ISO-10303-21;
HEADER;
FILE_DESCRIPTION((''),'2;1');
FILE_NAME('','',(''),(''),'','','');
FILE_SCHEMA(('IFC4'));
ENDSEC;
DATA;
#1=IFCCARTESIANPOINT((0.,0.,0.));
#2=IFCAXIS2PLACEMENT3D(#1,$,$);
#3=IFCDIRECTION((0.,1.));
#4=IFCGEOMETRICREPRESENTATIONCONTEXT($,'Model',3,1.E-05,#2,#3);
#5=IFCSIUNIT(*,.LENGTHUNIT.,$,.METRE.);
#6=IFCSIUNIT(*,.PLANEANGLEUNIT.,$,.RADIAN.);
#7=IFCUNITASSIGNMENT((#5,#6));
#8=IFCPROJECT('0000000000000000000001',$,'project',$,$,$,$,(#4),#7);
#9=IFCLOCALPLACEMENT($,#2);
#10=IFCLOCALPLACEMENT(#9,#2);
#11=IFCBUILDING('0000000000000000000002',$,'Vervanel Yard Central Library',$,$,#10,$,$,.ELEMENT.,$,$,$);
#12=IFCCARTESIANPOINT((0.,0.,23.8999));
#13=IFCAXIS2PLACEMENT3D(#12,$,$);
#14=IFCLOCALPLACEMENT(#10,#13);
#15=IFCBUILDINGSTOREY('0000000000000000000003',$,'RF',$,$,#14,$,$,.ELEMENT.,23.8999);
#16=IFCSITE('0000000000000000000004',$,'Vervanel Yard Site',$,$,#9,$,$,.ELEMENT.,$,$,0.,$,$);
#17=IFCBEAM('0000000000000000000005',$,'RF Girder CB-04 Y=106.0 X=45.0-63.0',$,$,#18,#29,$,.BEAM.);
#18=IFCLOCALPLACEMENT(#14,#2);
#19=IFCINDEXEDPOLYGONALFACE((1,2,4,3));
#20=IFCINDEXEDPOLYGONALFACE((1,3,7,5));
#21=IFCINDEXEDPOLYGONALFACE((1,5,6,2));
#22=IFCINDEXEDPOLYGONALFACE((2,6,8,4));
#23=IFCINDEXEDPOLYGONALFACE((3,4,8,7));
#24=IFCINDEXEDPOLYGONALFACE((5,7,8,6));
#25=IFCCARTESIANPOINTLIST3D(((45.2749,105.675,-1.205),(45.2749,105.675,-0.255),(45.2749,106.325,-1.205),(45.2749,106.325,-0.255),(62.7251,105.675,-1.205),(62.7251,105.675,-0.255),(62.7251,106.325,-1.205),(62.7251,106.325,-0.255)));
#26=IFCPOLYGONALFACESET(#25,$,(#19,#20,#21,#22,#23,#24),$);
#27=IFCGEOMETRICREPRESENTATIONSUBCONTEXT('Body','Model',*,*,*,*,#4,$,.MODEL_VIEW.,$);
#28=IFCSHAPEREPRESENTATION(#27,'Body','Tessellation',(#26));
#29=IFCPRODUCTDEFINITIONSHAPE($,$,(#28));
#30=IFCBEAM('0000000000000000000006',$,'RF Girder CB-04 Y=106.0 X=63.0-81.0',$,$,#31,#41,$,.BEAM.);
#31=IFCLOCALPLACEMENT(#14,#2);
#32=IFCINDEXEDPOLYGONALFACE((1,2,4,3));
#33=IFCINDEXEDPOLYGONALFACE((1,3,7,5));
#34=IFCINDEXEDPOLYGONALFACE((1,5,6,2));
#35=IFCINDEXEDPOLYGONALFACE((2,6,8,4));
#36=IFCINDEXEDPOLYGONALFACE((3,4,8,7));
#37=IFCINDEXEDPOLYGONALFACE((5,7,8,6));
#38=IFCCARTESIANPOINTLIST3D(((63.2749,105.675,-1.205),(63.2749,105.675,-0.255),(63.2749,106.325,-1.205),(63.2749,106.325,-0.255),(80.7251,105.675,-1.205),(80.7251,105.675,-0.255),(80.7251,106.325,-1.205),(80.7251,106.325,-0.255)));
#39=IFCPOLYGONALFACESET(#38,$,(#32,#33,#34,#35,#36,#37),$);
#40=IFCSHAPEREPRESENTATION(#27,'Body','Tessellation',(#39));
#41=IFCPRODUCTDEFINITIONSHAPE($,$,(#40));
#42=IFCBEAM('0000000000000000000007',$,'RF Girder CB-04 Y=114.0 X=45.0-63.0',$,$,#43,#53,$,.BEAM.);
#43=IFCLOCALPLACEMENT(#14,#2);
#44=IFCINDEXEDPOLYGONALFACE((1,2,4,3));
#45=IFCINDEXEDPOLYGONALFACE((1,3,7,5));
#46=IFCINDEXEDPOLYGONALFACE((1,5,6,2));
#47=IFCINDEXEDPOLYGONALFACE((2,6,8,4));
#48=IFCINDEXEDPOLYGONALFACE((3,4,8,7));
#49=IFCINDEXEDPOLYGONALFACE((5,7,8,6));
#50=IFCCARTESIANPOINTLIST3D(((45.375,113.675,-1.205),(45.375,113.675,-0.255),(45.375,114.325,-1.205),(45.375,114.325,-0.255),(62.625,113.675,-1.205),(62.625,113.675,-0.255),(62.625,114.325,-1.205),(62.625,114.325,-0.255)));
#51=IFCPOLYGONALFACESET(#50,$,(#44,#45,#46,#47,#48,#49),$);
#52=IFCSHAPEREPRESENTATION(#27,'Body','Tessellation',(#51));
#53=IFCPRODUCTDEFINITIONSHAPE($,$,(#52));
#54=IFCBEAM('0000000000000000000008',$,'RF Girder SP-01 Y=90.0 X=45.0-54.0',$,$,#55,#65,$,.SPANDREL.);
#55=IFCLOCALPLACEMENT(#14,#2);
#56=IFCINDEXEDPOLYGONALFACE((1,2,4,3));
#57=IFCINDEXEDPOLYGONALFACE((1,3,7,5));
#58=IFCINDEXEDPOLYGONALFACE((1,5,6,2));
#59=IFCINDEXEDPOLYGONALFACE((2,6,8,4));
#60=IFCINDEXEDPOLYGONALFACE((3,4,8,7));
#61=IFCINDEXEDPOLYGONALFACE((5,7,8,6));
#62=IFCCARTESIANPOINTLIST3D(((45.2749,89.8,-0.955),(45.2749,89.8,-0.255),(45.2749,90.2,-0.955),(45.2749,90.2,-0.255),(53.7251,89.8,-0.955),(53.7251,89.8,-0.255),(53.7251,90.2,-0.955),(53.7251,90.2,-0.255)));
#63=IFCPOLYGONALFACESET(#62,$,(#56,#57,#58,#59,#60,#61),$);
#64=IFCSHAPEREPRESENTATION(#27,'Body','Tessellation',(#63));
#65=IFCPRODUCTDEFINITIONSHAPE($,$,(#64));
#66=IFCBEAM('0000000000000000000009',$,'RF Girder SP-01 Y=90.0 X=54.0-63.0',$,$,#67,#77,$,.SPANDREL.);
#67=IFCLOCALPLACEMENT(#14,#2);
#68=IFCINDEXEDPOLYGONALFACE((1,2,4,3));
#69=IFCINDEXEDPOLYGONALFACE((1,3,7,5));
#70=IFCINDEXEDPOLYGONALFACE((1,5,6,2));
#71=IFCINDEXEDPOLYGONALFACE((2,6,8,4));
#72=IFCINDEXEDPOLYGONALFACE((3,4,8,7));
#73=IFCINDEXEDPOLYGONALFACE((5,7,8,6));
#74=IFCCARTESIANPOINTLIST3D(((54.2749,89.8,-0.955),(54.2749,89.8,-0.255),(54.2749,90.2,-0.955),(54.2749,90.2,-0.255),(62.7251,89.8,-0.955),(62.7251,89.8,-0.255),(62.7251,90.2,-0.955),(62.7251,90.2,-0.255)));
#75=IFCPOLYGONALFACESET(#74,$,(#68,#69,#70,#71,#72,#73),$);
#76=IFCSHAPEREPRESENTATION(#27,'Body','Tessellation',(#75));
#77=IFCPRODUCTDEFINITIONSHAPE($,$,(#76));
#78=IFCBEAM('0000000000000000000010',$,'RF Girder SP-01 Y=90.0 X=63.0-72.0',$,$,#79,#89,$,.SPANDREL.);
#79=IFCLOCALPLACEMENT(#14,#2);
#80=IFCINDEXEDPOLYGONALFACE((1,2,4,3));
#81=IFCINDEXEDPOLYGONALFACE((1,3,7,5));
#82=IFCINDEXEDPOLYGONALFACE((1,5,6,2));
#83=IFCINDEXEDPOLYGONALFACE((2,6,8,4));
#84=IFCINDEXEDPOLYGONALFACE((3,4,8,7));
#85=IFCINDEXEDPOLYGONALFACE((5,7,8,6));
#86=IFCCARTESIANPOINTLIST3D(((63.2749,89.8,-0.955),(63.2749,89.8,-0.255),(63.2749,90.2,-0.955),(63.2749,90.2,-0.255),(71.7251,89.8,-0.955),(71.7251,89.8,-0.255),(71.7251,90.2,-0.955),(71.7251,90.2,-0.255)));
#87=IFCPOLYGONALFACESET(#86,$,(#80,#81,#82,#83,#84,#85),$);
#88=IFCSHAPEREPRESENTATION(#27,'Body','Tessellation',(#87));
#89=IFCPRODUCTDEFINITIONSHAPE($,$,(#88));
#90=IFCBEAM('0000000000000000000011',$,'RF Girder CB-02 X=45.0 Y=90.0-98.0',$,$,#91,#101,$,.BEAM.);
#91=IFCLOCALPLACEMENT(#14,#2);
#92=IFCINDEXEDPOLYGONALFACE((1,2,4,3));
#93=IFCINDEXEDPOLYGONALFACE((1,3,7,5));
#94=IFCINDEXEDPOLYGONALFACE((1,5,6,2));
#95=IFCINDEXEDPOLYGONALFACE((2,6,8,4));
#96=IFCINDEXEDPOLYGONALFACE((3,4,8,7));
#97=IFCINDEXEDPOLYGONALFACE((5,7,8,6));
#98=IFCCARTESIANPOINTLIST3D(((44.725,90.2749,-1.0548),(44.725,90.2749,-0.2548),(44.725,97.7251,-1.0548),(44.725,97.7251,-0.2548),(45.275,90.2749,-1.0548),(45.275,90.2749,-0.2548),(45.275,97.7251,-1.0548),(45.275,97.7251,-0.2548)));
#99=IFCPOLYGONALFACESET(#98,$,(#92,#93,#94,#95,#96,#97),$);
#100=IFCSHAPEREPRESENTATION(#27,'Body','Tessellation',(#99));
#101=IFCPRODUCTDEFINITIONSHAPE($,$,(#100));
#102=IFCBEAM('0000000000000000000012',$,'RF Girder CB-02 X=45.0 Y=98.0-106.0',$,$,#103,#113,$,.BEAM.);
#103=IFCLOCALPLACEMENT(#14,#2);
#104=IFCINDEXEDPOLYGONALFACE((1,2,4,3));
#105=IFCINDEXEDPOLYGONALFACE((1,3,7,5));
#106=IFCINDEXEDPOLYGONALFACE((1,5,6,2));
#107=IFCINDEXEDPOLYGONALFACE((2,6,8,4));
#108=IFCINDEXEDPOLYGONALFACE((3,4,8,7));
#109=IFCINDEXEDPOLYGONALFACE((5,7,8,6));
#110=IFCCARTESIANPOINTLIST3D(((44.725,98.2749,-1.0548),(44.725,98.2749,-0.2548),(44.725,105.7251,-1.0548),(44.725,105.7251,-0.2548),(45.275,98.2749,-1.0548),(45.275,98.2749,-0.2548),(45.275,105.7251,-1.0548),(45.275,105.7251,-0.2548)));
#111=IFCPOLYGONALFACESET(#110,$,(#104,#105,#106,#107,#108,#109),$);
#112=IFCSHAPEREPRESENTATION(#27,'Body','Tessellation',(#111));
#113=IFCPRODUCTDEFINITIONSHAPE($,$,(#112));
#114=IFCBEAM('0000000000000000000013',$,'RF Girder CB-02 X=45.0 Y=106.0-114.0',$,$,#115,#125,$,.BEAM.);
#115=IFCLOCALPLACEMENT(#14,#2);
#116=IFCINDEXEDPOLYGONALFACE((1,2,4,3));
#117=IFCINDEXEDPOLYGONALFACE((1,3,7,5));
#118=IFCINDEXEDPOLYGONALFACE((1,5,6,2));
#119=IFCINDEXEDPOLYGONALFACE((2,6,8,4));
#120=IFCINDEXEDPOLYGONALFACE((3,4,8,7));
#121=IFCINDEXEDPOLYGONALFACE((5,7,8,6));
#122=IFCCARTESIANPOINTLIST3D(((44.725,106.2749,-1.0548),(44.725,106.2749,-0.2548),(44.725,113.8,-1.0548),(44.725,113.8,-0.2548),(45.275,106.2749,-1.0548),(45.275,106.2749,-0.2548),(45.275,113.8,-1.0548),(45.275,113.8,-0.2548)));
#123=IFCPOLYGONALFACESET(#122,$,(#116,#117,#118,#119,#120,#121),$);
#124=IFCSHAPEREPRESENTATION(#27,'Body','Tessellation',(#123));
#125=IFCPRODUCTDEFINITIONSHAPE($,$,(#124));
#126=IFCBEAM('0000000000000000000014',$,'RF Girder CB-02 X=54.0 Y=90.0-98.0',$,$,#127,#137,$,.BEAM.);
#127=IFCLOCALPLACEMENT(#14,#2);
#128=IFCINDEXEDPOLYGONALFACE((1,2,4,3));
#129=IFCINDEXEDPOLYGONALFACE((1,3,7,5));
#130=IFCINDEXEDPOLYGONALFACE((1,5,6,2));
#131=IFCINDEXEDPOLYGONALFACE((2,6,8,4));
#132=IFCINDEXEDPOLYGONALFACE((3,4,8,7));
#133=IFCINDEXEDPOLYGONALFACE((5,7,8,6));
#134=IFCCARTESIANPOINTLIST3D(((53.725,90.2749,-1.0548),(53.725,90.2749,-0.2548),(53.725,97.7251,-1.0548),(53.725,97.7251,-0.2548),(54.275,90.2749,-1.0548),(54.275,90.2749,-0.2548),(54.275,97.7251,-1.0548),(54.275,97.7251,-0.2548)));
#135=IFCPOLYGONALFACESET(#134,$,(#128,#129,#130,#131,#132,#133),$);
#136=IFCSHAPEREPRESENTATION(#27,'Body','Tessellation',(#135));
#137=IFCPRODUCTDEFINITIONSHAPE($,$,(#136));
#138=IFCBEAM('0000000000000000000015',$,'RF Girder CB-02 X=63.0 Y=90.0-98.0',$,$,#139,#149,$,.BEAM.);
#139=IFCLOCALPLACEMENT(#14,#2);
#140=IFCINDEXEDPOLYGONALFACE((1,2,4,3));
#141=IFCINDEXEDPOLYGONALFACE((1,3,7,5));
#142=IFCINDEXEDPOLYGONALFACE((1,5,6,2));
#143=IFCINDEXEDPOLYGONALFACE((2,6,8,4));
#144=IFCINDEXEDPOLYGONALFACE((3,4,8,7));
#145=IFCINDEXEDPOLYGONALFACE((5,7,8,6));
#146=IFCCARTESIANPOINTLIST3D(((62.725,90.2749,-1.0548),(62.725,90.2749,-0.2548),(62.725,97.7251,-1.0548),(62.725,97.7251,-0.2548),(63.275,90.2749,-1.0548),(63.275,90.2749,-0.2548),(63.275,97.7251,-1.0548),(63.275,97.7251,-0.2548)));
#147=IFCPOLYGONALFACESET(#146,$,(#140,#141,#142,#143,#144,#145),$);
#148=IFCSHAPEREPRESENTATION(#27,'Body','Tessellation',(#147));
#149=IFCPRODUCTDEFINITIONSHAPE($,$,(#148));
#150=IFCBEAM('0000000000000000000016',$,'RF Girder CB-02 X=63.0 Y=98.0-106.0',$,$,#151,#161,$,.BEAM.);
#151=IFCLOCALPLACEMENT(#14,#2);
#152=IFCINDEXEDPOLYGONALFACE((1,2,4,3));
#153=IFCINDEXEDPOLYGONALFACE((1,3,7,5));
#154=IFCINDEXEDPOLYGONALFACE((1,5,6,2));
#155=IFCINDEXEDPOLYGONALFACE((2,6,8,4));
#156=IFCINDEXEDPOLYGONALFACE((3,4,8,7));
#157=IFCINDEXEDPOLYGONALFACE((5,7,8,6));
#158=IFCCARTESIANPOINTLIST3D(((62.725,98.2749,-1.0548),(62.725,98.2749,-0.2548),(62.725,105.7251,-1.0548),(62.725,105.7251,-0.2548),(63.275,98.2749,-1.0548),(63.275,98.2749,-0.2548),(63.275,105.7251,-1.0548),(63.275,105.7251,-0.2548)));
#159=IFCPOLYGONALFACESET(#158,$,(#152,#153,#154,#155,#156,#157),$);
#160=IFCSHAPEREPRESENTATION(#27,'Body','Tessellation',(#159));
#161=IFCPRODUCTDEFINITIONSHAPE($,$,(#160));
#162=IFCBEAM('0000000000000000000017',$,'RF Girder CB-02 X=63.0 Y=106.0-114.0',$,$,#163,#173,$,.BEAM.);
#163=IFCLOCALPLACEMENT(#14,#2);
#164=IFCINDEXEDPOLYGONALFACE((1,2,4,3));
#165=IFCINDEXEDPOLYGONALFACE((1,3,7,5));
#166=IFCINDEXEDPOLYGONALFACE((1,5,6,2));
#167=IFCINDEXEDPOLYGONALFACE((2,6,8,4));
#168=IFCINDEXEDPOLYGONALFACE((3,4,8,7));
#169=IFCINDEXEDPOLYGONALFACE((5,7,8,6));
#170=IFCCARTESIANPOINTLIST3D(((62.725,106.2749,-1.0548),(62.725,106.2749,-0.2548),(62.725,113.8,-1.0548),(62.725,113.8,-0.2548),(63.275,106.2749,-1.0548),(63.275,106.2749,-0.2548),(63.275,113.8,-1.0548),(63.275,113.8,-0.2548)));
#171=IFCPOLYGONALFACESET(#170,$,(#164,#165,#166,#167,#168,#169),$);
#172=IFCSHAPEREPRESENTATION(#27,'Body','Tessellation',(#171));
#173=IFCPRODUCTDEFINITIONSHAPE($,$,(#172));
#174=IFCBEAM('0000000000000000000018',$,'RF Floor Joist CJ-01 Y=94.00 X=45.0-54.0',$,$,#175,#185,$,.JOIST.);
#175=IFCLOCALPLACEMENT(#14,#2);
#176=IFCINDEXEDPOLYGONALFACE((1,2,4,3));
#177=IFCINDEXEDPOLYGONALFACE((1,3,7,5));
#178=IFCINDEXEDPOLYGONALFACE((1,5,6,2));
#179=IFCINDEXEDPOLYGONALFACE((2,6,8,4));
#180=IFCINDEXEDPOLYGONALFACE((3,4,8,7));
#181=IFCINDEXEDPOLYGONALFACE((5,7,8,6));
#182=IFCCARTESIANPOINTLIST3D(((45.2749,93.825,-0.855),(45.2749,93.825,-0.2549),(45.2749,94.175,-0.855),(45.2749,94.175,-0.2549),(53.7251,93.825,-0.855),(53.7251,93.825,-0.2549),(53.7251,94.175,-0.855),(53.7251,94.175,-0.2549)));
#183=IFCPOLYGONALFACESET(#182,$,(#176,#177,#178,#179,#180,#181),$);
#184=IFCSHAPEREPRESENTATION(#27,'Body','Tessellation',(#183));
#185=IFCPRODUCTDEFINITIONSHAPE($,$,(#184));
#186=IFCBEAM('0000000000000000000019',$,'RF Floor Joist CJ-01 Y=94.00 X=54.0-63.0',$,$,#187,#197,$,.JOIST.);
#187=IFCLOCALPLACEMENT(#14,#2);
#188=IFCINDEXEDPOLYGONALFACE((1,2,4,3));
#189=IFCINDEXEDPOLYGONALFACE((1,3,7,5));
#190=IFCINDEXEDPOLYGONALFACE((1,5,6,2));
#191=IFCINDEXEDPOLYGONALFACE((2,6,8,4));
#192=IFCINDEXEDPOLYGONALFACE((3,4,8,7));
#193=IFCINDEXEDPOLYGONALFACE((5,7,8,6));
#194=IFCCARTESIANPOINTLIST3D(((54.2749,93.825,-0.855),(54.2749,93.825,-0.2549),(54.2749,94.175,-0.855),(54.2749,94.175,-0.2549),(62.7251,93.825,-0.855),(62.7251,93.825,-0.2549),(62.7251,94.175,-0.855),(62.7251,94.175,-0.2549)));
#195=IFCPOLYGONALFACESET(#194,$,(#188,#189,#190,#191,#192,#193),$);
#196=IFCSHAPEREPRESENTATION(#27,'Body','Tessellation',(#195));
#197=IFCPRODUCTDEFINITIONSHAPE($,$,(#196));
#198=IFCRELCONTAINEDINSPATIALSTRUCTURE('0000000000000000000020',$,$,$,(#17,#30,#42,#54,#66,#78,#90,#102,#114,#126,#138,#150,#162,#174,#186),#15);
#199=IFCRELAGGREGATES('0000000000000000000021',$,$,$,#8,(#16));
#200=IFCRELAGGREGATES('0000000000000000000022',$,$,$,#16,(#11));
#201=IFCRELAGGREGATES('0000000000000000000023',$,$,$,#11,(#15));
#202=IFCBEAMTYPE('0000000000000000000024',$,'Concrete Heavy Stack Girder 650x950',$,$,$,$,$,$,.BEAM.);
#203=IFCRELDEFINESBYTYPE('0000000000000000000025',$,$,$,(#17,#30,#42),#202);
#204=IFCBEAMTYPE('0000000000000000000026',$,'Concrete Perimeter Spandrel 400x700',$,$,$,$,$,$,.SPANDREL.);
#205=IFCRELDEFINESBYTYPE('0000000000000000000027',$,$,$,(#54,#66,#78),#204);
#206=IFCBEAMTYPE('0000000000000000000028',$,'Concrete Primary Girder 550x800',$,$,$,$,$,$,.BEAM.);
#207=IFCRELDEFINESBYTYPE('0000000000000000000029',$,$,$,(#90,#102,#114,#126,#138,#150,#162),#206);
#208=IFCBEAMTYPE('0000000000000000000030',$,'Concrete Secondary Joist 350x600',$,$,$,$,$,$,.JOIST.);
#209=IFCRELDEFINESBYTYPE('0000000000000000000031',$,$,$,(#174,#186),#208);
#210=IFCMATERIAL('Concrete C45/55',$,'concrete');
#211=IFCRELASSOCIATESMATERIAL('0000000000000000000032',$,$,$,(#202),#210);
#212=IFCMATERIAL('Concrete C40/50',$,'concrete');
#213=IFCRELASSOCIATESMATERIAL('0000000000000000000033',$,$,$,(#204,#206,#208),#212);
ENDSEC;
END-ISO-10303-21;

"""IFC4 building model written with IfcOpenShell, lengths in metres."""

from ifc_helpers import new_model, si_unit, direction, frame, origin, origin_2d, place, context, subcontext, project, spatial, rectangle, extrude, material, material_profile, profile_set, type_object, element, save


model = new_model("IFC4")

# Units and contexts
model_context = context("Model", 3, precision=1e-05, world=origin(), true_north=direction((0.0, 1.0)))
body_context = subcontext(model_context, "Body", "Model", "MODEL_VIEW")
ifc_project = project(units=[si_unit("LENGTHUNIT", "METRE"), si_unit("PLANEANGLEUNIT", "RADIAN")], contexts=[model_context])

# Site, building, storey
site_placement = place(None, origin())
site = spatial("IfcSite", under=ifc_project, at=site_placement, Name="Vervanel Yard Site", CompositionType="ELEMENT", RefElevation=0.0)
building_placement = place(site_placement, origin())
building = spatial("IfcBuilding", under=site, at=building_placement, Name="Vervanel Yard Central Library", CompositionType="ELEMENT")
storey_placement = place(building_placement, frame((0.0, 0.0, 23.8999)))
storey = spatial("IfcBuildingStorey", under=building, at=storey_placement, Name="RF", CompositionType="ELEMENT", Elevation=23.8999)

# Beams
ifc_material_1 = material(Name="Concrete C45/55", Category="concrete")
ifc_material_profile_1 = material_profile(ifc_material_1, rectangle(XDim=0.6499, YDim=0.95, at=origin_2d()), Name="RC 650x950", Category="concrete")
ifc_profile_set_1 = profile_set([ifc_material_profile_1], Name="Concrete C45/55")
beam_type_1 = type_object("IfcBeamType", Name="Concrete Heavy Stack Girder 650x950", PredefinedType="BEAM", material=ifc_profile_set_1)
for number, where, z_axis, x_axis, name in (
    (1, (45.2749, 106.0, -0.73), (1.0, 0.0, 0.0), (0.0, 1.0, 0.0), "RF Girder CB-04 Y=106.0 X=45.0-63.0"),
    (2, (63.2749, 106.0, -0.73), (1.0, 0.0, 0.0), (0.0, 1.0, 0.0), "RF Girder CB-04 Y=106.0 X=63.0-81.0"),
):
    element("IfcBeam", number, at=place(storey_placement, frame(where, z_axis=z_axis, x_axis=x_axis)), inside=storey, type_object=beam_type_1, Name=name, PredefinedType="BEAM", context=body_context, shape_type="SweptSolid", body=[
        extrude(rectangle(XDim=0.6499, YDim=0.95, at=origin_2d()), origin(), (0.0, 0.0, 1.0), 17.4502),
    ])
beam_1_placement = place(storey_placement, frame((45.375, 114.0, -0.73), z_axis=(1.0, 0.0, 0.0), x_axis=(0.0, 1.0, 0.0)))
element("IfcBeam", 3, at=beam_1_placement, inside=storey, type_object=beam_type_1, Name="RF Girder CB-04 Y=114.0 X=45.0-63.0", PredefinedType="BEAM", context=body_context, shape_type="SweptSolid", body=[
    extrude(rectangle(XDim=0.6499, YDim=0.95, at=origin_2d()), origin(), (0.0, 0.0, 1.0), 17.25),
])
ifc_material_2 = material(Name="Concrete C40/50", Category="concrete")
ifc_material_profile_2 = material_profile(ifc_material_2, rectangle(XDim=0.3999, YDim=0.7, at=origin_2d()), Name="RC 400x700", Category="concrete")
ifc_profile_set_2 = profile_set([ifc_material_profile_2], Name="Concrete C40/50")
beam_type_2 = type_object("IfcBeamType", Name="Concrete Perimeter Spandrel 400x700", PredefinedType="SPANDREL", material=ifc_profile_set_2)
for number, where, z_axis, x_axis, name in (
    (4, (45.2749, 90.0, -0.605), (1.0, 0.0, 0.0), (0.0, 1.0, 0.0), "RF Girder SP-01 Y=90.0 X=45.0-54.0"),
    (5, (54.2749, 90.0, -0.605), (1.0, 0.0, 0.0), (0.0, 1.0, 0.0), "RF Girder SP-01 Y=90.0 X=54.0-63.0"),
    (6, (63.2749, 90.0, -0.605), (1.0, 0.0, 0.0), (0.0, 1.0, 0.0), "RF Girder SP-01 Y=90.0 X=63.0-72.0"),
):
    element("IfcBeam", number, at=place(storey_placement, frame(where, z_axis=z_axis, x_axis=x_axis)), inside=storey, type_object=beam_type_2, Name=name, PredefinedType="SPANDREL", context=body_context, shape_type="SweptSolid", body=[
        extrude(rectangle(XDim=0.3999, YDim=0.7, at=origin_2d()), origin(), (0.0, 0.0, 1.0), 8.4502),
    ])
ifc_material_profile_3 = material_profile(ifc_material_2, rectangle(XDim=0.55, YDim=0.8, at=origin_2d()), Name="RC 550x800", Category="concrete")
ifc_profile_set_3 = profile_set([ifc_material_profile_3], Name="Concrete C40/50")
beam_type_3 = type_object("IfcBeamType", Name="Concrete Primary Girder 550x800", PredefinedType="BEAM", material=ifc_profile_set_3)
for number, where, z_axis, x_axis, name in (
    (7, (45.0, 90.2749, -0.6548), (0.0, 1.0, 0.0), (-1.0, 0.0, 0.0), "RF Girder CB-02 X=45.0 Y=90.0-98.0"),
    (8, (45.0, 98.2749, -0.6548), (0.0, 1.0, 0.0), (-1.0, 0.0, 0.0), "RF Girder CB-02 X=45.0 Y=98.0-106.0"),
):
    element("IfcBeam", number, at=place(storey_placement, frame(where, z_axis=z_axis, x_axis=x_axis)), inside=storey, type_object=beam_type_3, Name=name, PredefinedType="BEAM", context=body_context, shape_type="SweptSolid", body=[
        extrude(rectangle(XDim=0.55, YDim=0.8, at=origin_2d()), origin(), (0.0, 0.0, 1.0), 7.4502),
    ])
beam_2_placement = place(storey_placement, frame((45.0, 106.2749, -0.6548), z_axis=(0.0, 1.0, 0.0), x_axis=(-1.0, 0.0, 0.0)))
element("IfcBeam", 9, at=beam_2_placement, inside=storey, type_object=beam_type_3, Name="RF Girder CB-02 X=45.0 Y=106.0-114.0", PredefinedType="BEAM", context=body_context, shape_type="SweptSolid", body=[
    extrude(rectangle(XDim=0.55, YDim=0.8, at=origin_2d()), origin(), (0.0, 0.0, 1.0), 7.5251),
])
for number, where, z_axis, x_axis, name in (
    (10, (54.0, 90.2749, -0.6548), (0.0, 1.0, 0.0), (-1.0, 0.0, 0.0), "RF Girder CB-02 X=54.0 Y=90.0-98.0"),
    (11, (63.0, 90.2749, -0.6548), (0.0, 1.0, 0.0), (-1.0, 0.0, 0.0), "RF Girder CB-02 X=63.0 Y=90.0-98.0"),
    (12, (63.0, 98.2749, -0.6548), (0.0, 1.0, 0.0), (-1.0, 0.0, 0.0), "RF Girder CB-02 X=63.0 Y=98.0-106.0"),
):
    element("IfcBeam", number, at=place(storey_placement, frame(where, z_axis=z_axis, x_axis=x_axis)), inside=storey, type_object=beam_type_3, Name=name, PredefinedType="BEAM", context=body_context, shape_type="SweptSolid", body=[
        extrude(rectangle(XDim=0.55, YDim=0.8, at=origin_2d()), origin(), (0.0, 0.0, 1.0), 7.4502),
    ])
beam_3_placement = place(storey_placement, frame((63.0, 106.2749, -0.6548), z_axis=(0.0, 1.0, 0.0), x_axis=(-1.0, 0.0, 0.0)))
element("IfcBeam", 13, at=beam_3_placement, inside=storey, type_object=beam_type_3, Name="RF Girder CB-02 X=63.0 Y=106.0-114.0", PredefinedType="BEAM", context=body_context, shape_type="SweptSolid", body=[
    extrude(rectangle(XDim=0.55, YDim=0.8, at=origin_2d()), origin(), (0.0, 0.0, 1.0), 7.5251),
])
ifc_material_profile_4 = material_profile(ifc_material_2, rectangle(XDim=0.3501, YDim=0.6001, at=origin_2d()), Name="RC 350x600", Category="concrete")
ifc_profile_set_4 = profile_set([ifc_material_profile_4], Name="Concrete C40/50")
beam_type_4 = type_object("IfcBeamType", Name="Concrete Secondary Joist 350x600", PredefinedType="JOIST", material=ifc_profile_set_4)
for number, where, z_axis, x_axis, name in (
    (14, (45.2749, 94.0, -0.5549), (1.0, 0.0, 0.0), (0.0, 1.0, 0.0), "RF Floor Joist CJ-01 Y=94.00 X=45.0-54.0"),
    (15, (54.2749, 94.0, -0.5549), (1.0, 0.0, 0.0), (0.0, 1.0, 0.0), "RF Floor Joist CJ-01 Y=94.00 X=54.0-63.0"),
):
    element("IfcBeam", number, at=place(storey_placement, frame(where, z_axis=z_axis, x_axis=x_axis)), inside=storey, type_object=beam_type_4, Name=name, PredefinedType="JOIST", context=body_context, shape_type="SweptSolid", body=[
        extrude(rectangle(XDim=0.3501, YDim=0.6001, at=origin_2d()), origin(), (0.0, 0.0, 1.0), 8.4502),
    ])

save(model, "model.ifc")
